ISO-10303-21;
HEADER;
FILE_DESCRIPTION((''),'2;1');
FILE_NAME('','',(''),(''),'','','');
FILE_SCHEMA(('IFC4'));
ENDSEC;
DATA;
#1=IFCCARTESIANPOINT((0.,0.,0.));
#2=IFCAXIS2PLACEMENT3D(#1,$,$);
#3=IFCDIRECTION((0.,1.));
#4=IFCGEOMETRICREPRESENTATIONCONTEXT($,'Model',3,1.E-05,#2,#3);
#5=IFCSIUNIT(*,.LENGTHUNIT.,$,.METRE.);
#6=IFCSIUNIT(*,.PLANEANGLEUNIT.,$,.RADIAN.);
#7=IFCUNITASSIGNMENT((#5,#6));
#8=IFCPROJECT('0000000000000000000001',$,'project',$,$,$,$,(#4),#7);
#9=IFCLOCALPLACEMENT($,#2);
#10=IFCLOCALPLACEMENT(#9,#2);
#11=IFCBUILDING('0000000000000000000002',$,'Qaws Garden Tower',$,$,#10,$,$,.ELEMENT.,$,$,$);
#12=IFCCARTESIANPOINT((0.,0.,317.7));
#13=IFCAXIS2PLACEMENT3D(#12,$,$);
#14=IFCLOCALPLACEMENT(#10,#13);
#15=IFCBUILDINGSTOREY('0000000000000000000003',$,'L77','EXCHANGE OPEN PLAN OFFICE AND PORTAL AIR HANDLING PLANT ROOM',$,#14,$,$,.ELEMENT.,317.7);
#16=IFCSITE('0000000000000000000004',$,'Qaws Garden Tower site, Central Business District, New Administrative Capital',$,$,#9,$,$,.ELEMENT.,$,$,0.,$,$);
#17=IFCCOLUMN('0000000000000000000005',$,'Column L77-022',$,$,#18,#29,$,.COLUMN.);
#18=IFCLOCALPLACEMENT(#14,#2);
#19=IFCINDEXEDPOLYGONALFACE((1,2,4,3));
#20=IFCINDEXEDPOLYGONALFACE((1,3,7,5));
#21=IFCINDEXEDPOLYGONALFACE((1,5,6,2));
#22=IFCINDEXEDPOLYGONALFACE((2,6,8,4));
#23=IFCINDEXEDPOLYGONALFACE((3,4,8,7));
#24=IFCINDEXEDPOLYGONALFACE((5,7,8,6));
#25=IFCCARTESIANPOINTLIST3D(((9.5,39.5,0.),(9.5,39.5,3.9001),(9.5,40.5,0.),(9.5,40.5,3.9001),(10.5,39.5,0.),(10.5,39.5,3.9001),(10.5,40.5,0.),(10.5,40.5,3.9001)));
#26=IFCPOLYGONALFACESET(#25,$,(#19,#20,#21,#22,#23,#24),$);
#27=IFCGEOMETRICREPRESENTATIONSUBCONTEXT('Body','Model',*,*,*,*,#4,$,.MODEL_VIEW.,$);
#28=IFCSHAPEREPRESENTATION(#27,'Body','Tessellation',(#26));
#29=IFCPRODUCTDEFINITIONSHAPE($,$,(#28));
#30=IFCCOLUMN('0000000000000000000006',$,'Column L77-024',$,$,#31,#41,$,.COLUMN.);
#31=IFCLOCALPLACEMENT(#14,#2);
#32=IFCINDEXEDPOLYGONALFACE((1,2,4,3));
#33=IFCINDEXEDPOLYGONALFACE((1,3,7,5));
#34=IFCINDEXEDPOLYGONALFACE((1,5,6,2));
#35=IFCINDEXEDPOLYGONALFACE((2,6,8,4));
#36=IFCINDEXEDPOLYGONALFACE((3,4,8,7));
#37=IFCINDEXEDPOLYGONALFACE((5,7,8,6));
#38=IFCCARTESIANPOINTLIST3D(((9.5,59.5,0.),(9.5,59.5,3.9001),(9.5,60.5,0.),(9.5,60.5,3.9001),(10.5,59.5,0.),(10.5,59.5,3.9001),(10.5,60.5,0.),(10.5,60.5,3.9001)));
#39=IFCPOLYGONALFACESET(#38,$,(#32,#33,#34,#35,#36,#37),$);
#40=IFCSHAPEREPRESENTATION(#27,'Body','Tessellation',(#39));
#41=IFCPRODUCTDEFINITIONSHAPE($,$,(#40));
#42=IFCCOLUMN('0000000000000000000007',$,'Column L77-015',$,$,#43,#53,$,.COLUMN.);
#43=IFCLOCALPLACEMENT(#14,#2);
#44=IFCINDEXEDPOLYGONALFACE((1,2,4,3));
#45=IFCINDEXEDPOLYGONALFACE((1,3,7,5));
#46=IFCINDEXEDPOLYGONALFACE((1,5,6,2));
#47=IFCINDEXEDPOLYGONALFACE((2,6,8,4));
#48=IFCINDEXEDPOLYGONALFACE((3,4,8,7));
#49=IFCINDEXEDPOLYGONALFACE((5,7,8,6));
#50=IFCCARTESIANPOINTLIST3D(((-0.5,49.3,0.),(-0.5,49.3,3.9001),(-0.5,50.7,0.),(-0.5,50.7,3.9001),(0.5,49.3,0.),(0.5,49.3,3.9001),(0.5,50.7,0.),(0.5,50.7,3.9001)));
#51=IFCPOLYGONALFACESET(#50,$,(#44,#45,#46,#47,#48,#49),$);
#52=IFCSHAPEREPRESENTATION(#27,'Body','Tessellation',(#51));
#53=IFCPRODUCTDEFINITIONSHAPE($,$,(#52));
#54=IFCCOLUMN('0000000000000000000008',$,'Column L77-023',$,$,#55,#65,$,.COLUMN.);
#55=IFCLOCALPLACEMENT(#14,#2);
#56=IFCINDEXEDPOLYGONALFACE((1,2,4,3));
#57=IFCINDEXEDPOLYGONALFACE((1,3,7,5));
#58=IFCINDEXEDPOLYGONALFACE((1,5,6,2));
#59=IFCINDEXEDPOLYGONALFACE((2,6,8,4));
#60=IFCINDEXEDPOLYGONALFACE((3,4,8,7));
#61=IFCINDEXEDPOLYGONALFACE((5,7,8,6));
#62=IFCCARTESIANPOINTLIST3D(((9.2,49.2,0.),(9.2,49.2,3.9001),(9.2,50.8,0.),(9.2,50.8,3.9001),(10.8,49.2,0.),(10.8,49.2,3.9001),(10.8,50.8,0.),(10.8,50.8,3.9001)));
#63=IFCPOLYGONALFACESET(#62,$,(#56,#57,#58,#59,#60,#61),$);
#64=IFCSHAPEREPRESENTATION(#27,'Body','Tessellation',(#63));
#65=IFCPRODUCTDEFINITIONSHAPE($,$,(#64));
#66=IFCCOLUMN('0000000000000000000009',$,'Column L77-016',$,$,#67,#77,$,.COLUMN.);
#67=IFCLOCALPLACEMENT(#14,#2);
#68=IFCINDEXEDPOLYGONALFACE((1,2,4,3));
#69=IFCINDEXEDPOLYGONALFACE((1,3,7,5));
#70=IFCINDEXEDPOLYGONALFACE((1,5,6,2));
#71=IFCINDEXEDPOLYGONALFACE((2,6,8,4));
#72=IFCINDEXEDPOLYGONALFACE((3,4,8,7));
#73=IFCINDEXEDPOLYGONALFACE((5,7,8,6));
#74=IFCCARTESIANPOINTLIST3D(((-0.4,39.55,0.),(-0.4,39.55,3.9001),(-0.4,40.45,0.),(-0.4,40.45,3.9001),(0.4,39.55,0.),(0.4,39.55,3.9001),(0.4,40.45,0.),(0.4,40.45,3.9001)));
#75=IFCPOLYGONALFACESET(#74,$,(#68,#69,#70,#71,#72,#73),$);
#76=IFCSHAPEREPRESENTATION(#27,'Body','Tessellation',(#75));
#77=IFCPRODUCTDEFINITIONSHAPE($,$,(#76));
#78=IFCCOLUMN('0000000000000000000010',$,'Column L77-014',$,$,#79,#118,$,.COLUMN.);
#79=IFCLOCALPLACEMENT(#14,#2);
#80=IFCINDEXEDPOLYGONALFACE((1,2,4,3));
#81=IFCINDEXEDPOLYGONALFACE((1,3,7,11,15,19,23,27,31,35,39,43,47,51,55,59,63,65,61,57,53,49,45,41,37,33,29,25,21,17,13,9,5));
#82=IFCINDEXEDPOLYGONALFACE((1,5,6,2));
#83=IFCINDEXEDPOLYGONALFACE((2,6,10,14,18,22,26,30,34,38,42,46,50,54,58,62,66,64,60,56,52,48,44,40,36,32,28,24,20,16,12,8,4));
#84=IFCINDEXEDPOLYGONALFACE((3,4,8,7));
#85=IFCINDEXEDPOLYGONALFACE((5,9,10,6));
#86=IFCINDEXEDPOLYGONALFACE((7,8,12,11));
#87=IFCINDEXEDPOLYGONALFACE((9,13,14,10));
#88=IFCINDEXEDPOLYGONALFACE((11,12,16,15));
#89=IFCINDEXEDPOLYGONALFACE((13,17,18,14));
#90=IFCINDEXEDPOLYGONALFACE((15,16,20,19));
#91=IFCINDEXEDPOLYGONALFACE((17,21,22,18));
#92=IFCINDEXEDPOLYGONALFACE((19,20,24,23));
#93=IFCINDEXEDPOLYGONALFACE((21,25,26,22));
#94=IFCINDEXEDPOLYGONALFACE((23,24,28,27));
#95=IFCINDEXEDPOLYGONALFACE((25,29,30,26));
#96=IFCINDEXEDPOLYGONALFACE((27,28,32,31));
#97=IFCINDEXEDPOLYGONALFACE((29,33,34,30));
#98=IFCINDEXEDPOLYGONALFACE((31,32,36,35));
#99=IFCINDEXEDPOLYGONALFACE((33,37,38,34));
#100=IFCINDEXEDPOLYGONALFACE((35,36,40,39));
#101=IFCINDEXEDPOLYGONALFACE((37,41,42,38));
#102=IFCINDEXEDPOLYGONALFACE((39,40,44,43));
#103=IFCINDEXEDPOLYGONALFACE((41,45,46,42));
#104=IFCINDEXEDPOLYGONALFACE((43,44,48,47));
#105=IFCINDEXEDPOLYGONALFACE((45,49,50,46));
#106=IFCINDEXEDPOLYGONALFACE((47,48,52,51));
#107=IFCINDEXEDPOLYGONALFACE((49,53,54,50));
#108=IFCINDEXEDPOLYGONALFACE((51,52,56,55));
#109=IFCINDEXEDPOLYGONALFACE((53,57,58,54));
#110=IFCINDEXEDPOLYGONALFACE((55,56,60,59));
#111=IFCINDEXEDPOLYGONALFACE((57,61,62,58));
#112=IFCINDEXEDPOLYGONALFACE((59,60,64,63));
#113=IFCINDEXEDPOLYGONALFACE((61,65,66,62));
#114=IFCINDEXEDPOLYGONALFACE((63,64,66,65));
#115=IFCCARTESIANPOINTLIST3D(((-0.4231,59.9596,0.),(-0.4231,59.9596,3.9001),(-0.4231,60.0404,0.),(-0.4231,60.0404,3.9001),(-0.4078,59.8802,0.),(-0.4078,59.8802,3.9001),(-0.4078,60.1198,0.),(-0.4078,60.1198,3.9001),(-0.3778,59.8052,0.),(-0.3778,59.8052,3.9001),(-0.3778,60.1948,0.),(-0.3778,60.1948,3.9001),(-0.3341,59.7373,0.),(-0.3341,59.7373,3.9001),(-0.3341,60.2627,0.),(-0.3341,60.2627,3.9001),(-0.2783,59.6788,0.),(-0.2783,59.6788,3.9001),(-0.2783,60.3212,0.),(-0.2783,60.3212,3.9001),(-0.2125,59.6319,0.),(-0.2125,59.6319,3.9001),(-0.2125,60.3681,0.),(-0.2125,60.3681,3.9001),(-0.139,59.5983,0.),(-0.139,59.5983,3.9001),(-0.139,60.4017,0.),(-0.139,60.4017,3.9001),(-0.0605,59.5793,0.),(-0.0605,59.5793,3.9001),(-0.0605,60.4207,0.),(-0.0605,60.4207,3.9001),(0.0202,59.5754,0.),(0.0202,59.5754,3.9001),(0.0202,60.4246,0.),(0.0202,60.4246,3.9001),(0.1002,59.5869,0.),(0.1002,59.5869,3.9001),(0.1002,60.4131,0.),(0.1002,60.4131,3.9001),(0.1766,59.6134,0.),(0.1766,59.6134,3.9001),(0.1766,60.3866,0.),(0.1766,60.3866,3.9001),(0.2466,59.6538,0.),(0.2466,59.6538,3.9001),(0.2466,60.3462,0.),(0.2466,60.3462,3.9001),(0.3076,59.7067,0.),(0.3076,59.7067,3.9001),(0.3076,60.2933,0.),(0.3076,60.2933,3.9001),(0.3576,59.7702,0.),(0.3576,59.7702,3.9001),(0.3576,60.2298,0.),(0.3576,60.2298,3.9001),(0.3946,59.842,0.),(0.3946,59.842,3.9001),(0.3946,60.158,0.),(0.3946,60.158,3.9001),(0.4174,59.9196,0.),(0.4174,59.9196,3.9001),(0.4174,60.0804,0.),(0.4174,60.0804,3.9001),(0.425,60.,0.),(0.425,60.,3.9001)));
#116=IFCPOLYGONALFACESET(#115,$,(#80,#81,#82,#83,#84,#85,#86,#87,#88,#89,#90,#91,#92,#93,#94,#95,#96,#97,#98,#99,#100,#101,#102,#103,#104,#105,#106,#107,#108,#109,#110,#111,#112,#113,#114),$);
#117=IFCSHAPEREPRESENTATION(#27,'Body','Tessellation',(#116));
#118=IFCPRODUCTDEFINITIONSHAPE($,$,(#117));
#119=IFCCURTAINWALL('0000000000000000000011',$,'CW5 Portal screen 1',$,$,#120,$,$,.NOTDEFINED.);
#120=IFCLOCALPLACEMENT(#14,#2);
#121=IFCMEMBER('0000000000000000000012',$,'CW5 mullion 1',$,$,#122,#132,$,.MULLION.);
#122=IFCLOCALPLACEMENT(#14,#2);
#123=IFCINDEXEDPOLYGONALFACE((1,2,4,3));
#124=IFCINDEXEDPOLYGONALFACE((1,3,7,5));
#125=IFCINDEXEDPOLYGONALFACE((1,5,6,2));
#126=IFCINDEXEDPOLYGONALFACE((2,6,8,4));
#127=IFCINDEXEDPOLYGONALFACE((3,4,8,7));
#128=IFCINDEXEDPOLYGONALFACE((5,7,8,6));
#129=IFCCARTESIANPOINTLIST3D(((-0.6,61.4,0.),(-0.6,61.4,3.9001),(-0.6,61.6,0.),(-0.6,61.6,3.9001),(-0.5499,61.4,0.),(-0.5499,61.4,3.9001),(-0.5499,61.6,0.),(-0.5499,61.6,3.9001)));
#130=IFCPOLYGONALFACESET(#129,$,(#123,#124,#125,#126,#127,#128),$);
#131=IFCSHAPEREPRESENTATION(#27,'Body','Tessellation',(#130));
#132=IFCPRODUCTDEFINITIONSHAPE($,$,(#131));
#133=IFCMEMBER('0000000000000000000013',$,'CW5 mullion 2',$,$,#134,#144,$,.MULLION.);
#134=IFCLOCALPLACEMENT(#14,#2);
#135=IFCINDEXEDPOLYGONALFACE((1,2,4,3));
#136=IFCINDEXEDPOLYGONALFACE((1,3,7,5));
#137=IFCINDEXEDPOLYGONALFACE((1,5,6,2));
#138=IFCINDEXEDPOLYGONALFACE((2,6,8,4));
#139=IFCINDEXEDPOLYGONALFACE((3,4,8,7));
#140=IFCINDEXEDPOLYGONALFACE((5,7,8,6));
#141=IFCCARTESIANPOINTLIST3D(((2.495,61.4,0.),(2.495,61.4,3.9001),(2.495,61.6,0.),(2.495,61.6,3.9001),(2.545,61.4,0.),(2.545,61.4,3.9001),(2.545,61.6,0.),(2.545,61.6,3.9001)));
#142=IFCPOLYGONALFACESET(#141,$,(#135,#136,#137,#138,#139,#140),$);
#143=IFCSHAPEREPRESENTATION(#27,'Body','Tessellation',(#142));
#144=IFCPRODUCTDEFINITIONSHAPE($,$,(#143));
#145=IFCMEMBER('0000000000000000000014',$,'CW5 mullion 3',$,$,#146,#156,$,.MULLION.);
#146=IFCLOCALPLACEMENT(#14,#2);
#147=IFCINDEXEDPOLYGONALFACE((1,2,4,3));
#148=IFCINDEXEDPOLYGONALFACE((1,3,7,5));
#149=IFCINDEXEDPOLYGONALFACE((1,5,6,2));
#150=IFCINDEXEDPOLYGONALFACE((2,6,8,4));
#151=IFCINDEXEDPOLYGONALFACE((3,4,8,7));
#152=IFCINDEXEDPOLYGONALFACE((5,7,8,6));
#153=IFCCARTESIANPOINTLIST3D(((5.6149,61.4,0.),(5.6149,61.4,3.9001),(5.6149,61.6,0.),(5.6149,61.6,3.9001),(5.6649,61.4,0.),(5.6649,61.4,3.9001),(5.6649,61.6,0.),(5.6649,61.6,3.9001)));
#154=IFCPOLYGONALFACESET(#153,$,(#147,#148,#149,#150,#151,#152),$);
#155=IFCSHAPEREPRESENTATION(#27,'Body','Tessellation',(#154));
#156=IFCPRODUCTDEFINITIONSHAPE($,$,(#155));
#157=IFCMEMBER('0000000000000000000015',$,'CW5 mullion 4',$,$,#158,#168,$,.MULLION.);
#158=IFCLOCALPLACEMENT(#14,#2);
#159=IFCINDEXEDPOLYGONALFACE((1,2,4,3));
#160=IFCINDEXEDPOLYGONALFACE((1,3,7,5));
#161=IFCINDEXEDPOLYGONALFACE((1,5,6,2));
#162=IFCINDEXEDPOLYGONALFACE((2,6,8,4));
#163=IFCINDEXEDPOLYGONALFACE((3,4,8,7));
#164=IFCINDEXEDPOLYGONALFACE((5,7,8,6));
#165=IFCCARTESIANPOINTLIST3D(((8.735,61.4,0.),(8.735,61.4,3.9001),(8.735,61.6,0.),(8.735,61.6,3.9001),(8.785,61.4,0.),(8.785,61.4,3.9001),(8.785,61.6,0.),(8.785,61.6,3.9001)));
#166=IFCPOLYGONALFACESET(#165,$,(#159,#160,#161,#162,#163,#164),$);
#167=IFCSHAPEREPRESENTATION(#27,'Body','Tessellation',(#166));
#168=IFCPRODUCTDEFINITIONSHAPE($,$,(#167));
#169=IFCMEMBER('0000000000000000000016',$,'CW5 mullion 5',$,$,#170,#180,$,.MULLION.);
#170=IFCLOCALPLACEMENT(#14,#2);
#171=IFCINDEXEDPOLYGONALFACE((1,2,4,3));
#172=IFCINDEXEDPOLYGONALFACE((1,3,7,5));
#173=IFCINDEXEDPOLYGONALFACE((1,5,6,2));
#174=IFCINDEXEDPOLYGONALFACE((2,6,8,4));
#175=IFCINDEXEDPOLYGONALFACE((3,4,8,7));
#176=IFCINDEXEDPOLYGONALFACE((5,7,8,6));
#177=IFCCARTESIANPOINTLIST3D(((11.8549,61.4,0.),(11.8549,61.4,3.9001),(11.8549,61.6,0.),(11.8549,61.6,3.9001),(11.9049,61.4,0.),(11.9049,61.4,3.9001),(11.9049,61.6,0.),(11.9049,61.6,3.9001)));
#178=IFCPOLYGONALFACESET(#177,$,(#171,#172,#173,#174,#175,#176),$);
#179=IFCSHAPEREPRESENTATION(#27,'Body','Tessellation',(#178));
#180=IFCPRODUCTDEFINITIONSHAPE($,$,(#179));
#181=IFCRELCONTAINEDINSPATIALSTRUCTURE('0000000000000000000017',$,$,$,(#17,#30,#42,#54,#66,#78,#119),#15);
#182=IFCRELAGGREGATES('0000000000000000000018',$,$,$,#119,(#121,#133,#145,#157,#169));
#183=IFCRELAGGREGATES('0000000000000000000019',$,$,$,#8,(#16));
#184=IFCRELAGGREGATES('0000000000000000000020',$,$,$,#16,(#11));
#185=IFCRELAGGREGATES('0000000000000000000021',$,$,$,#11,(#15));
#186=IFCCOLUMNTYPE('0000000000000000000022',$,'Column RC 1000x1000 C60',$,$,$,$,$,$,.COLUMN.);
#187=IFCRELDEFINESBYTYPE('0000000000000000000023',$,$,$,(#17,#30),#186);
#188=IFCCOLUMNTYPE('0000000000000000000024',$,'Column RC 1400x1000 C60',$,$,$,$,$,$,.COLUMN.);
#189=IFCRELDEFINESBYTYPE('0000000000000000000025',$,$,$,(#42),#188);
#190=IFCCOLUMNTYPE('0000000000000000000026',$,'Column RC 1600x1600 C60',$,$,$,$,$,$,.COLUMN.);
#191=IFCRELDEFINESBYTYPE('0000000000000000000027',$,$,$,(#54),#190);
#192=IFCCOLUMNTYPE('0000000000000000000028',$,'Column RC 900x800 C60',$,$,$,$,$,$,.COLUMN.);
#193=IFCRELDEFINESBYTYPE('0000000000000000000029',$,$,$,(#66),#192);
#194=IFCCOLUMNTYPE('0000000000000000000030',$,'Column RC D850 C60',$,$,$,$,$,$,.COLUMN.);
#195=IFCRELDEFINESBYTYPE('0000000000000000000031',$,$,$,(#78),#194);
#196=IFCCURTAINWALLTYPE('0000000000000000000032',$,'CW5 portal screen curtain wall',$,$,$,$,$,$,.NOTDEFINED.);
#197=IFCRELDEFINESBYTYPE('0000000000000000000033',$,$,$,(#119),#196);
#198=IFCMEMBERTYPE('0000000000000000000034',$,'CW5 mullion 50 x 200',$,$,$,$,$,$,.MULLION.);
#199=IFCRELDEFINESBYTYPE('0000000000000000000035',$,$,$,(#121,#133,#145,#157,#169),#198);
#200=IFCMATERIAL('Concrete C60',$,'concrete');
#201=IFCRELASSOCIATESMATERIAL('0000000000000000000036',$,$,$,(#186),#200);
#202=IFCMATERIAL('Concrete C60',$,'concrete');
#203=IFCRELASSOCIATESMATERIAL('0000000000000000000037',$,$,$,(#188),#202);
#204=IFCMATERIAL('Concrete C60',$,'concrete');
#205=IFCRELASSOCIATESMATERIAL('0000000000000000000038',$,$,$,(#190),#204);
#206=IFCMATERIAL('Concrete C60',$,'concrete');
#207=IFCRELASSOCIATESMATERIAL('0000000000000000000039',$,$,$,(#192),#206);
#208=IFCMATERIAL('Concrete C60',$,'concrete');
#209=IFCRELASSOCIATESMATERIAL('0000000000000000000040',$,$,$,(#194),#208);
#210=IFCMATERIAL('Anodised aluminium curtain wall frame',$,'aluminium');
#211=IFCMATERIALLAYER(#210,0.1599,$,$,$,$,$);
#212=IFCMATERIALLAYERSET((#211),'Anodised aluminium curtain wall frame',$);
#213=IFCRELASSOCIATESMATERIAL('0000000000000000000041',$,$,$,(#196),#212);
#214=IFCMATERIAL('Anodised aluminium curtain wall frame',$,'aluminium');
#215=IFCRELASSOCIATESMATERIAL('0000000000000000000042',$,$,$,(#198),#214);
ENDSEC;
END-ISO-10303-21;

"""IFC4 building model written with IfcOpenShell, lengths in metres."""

from ifc_helpers import new_model, si_unit, direction, frame, origin, origin_2d, place, context, subcontext, project, spatial, rectangle, circle, extrude, material, layer, layer_set, material_profile, profile_set, type_object, element, aggregate, save


model = new_model("IFC4")

# Units and contexts
model_context = context("Model", 3, precision=1e-05, world=origin(), true_north=direction((0.0, 1.0)))
body_context = subcontext(model_context, "Body", "Model", "MODEL_VIEW")
ifc_project = project(units=[si_unit("LENGTHUNIT", "METRE"), si_unit("PLANEANGLEUNIT", "RADIAN")], contexts=[model_context])

# Site, building, storey
site_placement = place(None, origin())
site = spatial("IfcSite", under=ifc_project, at=site_placement, Name="Qaws Garden Tower site, Central Business District, New Administrative Capital", CompositionType="ELEMENT", RefElevation=0.0)
building_placement = place(site_placement, origin())
building = spatial("IfcBuilding", under=site, at=building_placement, Name="Qaws Garden Tower", CompositionType="ELEMENT")
storey_placement = place(building_placement, frame((0.0, 0.0, 317.7)))
storey = spatial("IfcBuildingStorey", under=building, at=storey_placement, Name="L77", Description="EXCHANGE OPEN PLAN OFFICE AND PORTAL AIR HANDLING PLANT ROOM", CompositionType="ELEMENT", Elevation=317.7)

# Columns
ifc_material_1 = material(Name="Concrete C60", Category="concrete")
ifc_material_profile_1 = material_profile(ifc_material_1, rectangle(XDim=1.0, YDim=1.0, at=origin_2d()), Name="RC 1000x1000")
ifc_profile_set_1 = profile_set([ifc_material_profile_1], Name="Concrete C60")
column_type_1 = type_object("IfcColumnType", Name="Column RC 1000x1000 C60", PredefinedType="COLUMN", material=ifc_profile_set_1)
for number, where, z_axis, x_axis, name in (
    (1, (10.0, 40.0, 0.0), (0.0, 0.0, 1.0), (1.0, 0.0, 0.0), "Column L77-022"),
    (2, (10.0, 60.0, 0.0), (0.0, 0.0, 1.0), (1.0, 0.0, 0.0), "Column L77-024"),
):
    element("IfcColumn", number, at=place(storey_placement, frame(where, z_axis=z_axis, x_axis=x_axis)), inside=storey, type_object=column_type_1, Name=name, PredefinedType="COLUMN", context=body_context, shape_type="SweptSolid", body=[
        extrude(rectangle(XDim=1.0, YDim=1.0, at=origin_2d()), origin(), (0.0, 0.0, 1.0), 3.9001),
    ])
ifc_material_2 = material(Name="Concrete C60", Category="concrete")
ifc_material_profile_2 = material_profile(ifc_material_2, rectangle(XDim=1.3999, YDim=1.0, at=origin_2d()), Name="RC 1400x1000")
ifc_profile_set_2 = profile_set([ifc_material_profile_2], Name="Concrete C60")
column_type_2 = type_object("IfcColumnType", Name="Column RC 1400x1000 C60", PredefinedType="COLUMN", material=ifc_profile_set_2)
column_1_placement = place(storey_placement, frame((0.0, 50.0, 0.0), z_axis=(0.0, 0.0, 1.0), x_axis=(0.0, 1.0, 0.0)))
element("IfcColumn", 3, at=column_1_placement, inside=storey, type_object=column_type_2, Name="Column L77-015", PredefinedType="COLUMN", context=body_context, shape_type="SweptSolid", body=[
    extrude(rectangle(XDim=1.3999, YDim=1.0, at=origin_2d()), origin(), (0.0, 0.0, 1.0), 3.9001),
])
ifc_material_3 = material(Name="Concrete C60", Category="concrete")
ifc_material_profile_3 = material_profile(ifc_material_3, rectangle(XDim=1.6001, YDim=1.6001, at=origin_2d()), Name="RC 1600x1600")
ifc_profile_set_3 = profile_set([ifc_material_profile_3], Name="Concrete C60")
column_type_3 = type_object("IfcColumnType", Name="Column RC 1600x1600 C60", PredefinedType="COLUMN", material=ifc_profile_set_3)
column_2_placement = place(storey_placement, frame((10.0, 50.0, 0.0), z_axis=(0.0, 0.0, 1.0), x_axis=(1.0, 0.0, 0.0)))
element("IfcColumn", 4, at=column_2_placement, inside=storey, type_object=column_type_3, Name="Column L77-023", PredefinedType="COLUMN", context=body_context, shape_type="SweptSolid", body=[
    extrude(rectangle(XDim=1.6001, YDim=1.6001, at=origin_2d()), origin(), (0.0, 0.0, 1.0), 3.9001),
])
ifc_material_4 = material(Name="Concrete C60", Category="concrete")
ifc_material_profile_4 = material_profile(ifc_material_4, rectangle(XDim=0.8999, YDim=0.8, at=origin_2d()), Name="RC 900x800")
ifc_profile_set_4 = profile_set([ifc_material_profile_4], Name="Concrete C60")
column_type_4 = type_object("IfcColumnType", Name="Column RC 900x800 C60", PredefinedType="COLUMN", material=ifc_profile_set_4)
column_3_placement = place(storey_placement, frame((0.0, 40.0, 0.0), z_axis=(0.0, 0.0, 1.0), x_axis=(0.0, 1.0, 0.0)))
element("IfcColumn", 5, at=column_3_placement, inside=storey, type_object=column_type_4, Name="Column L77-016", PredefinedType="COLUMN", context=body_context, shape_type="SweptSolid", body=[
    extrude(rectangle(XDim=0.8999, YDim=0.8, at=origin_2d()), origin(), (0.0, 0.0, 1.0), 3.9001),
])
ifc_material_5 = material(Name="Concrete C60", Category="concrete")
ifc_material_profile_5 = material_profile(ifc_material_5, circle(Radius=0.425, at=origin_2d()), Name="RC D850")
ifc_profile_set_5 = profile_set([ifc_material_profile_5], Name="Concrete C60")
column_type_5 = type_object("IfcColumnType", Name="Column RC D850 C60", PredefinedType="COLUMN", material=ifc_profile_set_5)
column_4_placement = place(storey_placement, frame((0.0, 60.0, 0.0), z_axis=(0.0, 0.0, 1.0), x_axis=(1.0, 0.0, 0.0)))
element("IfcColumn", 6, at=column_4_placement, inside=storey, type_object=column_type_5, Name="Column L77-014", PredefinedType="COLUMN", context=body_context, shape_type="SweptSolid", body=[
    extrude(circle(Radius=0.425, at=origin_2d()), origin(), (0.0, 0.0, 1.0), 3.9001),
])

# Curtain wall, members
ifc_material_6 = material(Name="Anodised aluminium curtain wall frame", Category="aluminium")
ifc_layer_1 = layer(ifc_material_6, 0.1599)
ifc_layer_set_1 = layer_set([ifc_layer_1], Name="Anodised aluminium curtain wall frame")
curtain_wall_type = type_object("IfcCurtainWallType", Name="CW5 portal screen curtain wall", PredefinedType="NOTDEFINED", material=ifc_layer_set_1)
placement = place(storey_placement, origin())
curtain_wall_1 = element("IfcCurtainWall", 7, at=placement, inside=storey, type_object=curtain_wall_type, Name="CW5 Portal screen 1", PredefinedType="NOTDEFINED")
ifc_material_7 = material(Name="Anodised aluminium curtain wall frame", Category="aluminium")
ifc_material_profile_6 = material_profile(ifc_material_7, rectangle(XDim=0.2, YDim=0.05, at=origin_2d()), Name="AL 50x200")
ifc_profile_set_6 = profile_set([ifc_material_profile_6], Name="Anodised aluminium curtain wall frame")
member_type_1 = type_object("IfcMemberType", Name="CW5 mullion 50 x 200", PredefinedType="MULLION", material=ifc_profile_set_6)
member_1_placement = place(storey_placement, frame((-0.575, 61.5, 0.0), z_axis=(0.0, 0.0, 1.0), x_axis=(0.0, 1.0, 0.0)))
member_1 = element("IfcMember", 8, at=member_1_placement, type_object=member_type_1, Name="CW5 mullion 1", PredefinedType="MULLION", context=body_context, shape_type="SweptSolid", body=[
    extrude(rectangle(XDim=0.2, YDim=0.05, at=origin_2d()), origin(), (0.0, 0.0, 1.0), 3.9001),
])
member_2_placement = place(storey_placement, frame((2.52, 61.5, 0.0), z_axis=(0.0, 0.0, 1.0), x_axis=(0.0, 1.0, 0.0)))
member_2 = element("IfcMember", 9, at=member_2_placement, type_object=member_type_1, Name="CW5 mullion 2", PredefinedType="MULLION", context=body_context, shape_type="SweptSolid", body=[
    extrude(rectangle(XDim=0.2, YDim=0.05, at=origin_2d()), origin(), (0.0, 0.0, 1.0), 3.9001),
])
member_3_placement = place(storey_placement, frame((5.6399, 61.5, 0.0), z_axis=(0.0, 0.0, 1.0), x_axis=(0.0, 1.0, 0.0)))
member_3 = element("IfcMember", 10, at=member_3_placement, type_object=member_type_1, Name="CW5 mullion 3", PredefinedType="MULLION", context=body_context, shape_type="SweptSolid", body=[
    extrude(rectangle(XDim=0.2, YDim=0.05, at=origin_2d()), origin(), (0.0, 0.0, 1.0), 3.9001),
])
member_4_placement = place(storey_placement, frame((8.76, 61.5, 0.0), z_axis=(0.0, 0.0, 1.0), x_axis=(0.0, 1.0, 0.0)))
member_4 = element("IfcMember", 11, at=member_4_placement, type_object=member_type_1, Name="CW5 mullion 4", PredefinedType="MULLION", context=body_context, shape_type="SweptSolid", body=[
    extrude(rectangle(XDim=0.2, YDim=0.05, at=origin_2d()), origin(), (0.0, 0.0, 1.0), 3.9001),
])
member_5_placement = place(storey_placement, frame((11.8799, 61.5, 0.0), z_axis=(0.0, 0.0, 1.0), x_axis=(0.0, 1.0, 0.0)))
member_5 = element("IfcMember", 12, at=member_5_placement, type_object=member_type_1, Name="CW5 mullion 5", PredefinedType="MULLION", context=body_context, shape_type="SweptSolid", body=[
    extrude(rectangle(XDim=0.2, YDim=0.05, at=origin_2d()), origin(), (0.0, 0.0, 1.0), 3.9001),
])
aggregate(curtain_wall_1, [member_1, member_2, member_3, member_4, member_5])

save(model, "model.ifc")
